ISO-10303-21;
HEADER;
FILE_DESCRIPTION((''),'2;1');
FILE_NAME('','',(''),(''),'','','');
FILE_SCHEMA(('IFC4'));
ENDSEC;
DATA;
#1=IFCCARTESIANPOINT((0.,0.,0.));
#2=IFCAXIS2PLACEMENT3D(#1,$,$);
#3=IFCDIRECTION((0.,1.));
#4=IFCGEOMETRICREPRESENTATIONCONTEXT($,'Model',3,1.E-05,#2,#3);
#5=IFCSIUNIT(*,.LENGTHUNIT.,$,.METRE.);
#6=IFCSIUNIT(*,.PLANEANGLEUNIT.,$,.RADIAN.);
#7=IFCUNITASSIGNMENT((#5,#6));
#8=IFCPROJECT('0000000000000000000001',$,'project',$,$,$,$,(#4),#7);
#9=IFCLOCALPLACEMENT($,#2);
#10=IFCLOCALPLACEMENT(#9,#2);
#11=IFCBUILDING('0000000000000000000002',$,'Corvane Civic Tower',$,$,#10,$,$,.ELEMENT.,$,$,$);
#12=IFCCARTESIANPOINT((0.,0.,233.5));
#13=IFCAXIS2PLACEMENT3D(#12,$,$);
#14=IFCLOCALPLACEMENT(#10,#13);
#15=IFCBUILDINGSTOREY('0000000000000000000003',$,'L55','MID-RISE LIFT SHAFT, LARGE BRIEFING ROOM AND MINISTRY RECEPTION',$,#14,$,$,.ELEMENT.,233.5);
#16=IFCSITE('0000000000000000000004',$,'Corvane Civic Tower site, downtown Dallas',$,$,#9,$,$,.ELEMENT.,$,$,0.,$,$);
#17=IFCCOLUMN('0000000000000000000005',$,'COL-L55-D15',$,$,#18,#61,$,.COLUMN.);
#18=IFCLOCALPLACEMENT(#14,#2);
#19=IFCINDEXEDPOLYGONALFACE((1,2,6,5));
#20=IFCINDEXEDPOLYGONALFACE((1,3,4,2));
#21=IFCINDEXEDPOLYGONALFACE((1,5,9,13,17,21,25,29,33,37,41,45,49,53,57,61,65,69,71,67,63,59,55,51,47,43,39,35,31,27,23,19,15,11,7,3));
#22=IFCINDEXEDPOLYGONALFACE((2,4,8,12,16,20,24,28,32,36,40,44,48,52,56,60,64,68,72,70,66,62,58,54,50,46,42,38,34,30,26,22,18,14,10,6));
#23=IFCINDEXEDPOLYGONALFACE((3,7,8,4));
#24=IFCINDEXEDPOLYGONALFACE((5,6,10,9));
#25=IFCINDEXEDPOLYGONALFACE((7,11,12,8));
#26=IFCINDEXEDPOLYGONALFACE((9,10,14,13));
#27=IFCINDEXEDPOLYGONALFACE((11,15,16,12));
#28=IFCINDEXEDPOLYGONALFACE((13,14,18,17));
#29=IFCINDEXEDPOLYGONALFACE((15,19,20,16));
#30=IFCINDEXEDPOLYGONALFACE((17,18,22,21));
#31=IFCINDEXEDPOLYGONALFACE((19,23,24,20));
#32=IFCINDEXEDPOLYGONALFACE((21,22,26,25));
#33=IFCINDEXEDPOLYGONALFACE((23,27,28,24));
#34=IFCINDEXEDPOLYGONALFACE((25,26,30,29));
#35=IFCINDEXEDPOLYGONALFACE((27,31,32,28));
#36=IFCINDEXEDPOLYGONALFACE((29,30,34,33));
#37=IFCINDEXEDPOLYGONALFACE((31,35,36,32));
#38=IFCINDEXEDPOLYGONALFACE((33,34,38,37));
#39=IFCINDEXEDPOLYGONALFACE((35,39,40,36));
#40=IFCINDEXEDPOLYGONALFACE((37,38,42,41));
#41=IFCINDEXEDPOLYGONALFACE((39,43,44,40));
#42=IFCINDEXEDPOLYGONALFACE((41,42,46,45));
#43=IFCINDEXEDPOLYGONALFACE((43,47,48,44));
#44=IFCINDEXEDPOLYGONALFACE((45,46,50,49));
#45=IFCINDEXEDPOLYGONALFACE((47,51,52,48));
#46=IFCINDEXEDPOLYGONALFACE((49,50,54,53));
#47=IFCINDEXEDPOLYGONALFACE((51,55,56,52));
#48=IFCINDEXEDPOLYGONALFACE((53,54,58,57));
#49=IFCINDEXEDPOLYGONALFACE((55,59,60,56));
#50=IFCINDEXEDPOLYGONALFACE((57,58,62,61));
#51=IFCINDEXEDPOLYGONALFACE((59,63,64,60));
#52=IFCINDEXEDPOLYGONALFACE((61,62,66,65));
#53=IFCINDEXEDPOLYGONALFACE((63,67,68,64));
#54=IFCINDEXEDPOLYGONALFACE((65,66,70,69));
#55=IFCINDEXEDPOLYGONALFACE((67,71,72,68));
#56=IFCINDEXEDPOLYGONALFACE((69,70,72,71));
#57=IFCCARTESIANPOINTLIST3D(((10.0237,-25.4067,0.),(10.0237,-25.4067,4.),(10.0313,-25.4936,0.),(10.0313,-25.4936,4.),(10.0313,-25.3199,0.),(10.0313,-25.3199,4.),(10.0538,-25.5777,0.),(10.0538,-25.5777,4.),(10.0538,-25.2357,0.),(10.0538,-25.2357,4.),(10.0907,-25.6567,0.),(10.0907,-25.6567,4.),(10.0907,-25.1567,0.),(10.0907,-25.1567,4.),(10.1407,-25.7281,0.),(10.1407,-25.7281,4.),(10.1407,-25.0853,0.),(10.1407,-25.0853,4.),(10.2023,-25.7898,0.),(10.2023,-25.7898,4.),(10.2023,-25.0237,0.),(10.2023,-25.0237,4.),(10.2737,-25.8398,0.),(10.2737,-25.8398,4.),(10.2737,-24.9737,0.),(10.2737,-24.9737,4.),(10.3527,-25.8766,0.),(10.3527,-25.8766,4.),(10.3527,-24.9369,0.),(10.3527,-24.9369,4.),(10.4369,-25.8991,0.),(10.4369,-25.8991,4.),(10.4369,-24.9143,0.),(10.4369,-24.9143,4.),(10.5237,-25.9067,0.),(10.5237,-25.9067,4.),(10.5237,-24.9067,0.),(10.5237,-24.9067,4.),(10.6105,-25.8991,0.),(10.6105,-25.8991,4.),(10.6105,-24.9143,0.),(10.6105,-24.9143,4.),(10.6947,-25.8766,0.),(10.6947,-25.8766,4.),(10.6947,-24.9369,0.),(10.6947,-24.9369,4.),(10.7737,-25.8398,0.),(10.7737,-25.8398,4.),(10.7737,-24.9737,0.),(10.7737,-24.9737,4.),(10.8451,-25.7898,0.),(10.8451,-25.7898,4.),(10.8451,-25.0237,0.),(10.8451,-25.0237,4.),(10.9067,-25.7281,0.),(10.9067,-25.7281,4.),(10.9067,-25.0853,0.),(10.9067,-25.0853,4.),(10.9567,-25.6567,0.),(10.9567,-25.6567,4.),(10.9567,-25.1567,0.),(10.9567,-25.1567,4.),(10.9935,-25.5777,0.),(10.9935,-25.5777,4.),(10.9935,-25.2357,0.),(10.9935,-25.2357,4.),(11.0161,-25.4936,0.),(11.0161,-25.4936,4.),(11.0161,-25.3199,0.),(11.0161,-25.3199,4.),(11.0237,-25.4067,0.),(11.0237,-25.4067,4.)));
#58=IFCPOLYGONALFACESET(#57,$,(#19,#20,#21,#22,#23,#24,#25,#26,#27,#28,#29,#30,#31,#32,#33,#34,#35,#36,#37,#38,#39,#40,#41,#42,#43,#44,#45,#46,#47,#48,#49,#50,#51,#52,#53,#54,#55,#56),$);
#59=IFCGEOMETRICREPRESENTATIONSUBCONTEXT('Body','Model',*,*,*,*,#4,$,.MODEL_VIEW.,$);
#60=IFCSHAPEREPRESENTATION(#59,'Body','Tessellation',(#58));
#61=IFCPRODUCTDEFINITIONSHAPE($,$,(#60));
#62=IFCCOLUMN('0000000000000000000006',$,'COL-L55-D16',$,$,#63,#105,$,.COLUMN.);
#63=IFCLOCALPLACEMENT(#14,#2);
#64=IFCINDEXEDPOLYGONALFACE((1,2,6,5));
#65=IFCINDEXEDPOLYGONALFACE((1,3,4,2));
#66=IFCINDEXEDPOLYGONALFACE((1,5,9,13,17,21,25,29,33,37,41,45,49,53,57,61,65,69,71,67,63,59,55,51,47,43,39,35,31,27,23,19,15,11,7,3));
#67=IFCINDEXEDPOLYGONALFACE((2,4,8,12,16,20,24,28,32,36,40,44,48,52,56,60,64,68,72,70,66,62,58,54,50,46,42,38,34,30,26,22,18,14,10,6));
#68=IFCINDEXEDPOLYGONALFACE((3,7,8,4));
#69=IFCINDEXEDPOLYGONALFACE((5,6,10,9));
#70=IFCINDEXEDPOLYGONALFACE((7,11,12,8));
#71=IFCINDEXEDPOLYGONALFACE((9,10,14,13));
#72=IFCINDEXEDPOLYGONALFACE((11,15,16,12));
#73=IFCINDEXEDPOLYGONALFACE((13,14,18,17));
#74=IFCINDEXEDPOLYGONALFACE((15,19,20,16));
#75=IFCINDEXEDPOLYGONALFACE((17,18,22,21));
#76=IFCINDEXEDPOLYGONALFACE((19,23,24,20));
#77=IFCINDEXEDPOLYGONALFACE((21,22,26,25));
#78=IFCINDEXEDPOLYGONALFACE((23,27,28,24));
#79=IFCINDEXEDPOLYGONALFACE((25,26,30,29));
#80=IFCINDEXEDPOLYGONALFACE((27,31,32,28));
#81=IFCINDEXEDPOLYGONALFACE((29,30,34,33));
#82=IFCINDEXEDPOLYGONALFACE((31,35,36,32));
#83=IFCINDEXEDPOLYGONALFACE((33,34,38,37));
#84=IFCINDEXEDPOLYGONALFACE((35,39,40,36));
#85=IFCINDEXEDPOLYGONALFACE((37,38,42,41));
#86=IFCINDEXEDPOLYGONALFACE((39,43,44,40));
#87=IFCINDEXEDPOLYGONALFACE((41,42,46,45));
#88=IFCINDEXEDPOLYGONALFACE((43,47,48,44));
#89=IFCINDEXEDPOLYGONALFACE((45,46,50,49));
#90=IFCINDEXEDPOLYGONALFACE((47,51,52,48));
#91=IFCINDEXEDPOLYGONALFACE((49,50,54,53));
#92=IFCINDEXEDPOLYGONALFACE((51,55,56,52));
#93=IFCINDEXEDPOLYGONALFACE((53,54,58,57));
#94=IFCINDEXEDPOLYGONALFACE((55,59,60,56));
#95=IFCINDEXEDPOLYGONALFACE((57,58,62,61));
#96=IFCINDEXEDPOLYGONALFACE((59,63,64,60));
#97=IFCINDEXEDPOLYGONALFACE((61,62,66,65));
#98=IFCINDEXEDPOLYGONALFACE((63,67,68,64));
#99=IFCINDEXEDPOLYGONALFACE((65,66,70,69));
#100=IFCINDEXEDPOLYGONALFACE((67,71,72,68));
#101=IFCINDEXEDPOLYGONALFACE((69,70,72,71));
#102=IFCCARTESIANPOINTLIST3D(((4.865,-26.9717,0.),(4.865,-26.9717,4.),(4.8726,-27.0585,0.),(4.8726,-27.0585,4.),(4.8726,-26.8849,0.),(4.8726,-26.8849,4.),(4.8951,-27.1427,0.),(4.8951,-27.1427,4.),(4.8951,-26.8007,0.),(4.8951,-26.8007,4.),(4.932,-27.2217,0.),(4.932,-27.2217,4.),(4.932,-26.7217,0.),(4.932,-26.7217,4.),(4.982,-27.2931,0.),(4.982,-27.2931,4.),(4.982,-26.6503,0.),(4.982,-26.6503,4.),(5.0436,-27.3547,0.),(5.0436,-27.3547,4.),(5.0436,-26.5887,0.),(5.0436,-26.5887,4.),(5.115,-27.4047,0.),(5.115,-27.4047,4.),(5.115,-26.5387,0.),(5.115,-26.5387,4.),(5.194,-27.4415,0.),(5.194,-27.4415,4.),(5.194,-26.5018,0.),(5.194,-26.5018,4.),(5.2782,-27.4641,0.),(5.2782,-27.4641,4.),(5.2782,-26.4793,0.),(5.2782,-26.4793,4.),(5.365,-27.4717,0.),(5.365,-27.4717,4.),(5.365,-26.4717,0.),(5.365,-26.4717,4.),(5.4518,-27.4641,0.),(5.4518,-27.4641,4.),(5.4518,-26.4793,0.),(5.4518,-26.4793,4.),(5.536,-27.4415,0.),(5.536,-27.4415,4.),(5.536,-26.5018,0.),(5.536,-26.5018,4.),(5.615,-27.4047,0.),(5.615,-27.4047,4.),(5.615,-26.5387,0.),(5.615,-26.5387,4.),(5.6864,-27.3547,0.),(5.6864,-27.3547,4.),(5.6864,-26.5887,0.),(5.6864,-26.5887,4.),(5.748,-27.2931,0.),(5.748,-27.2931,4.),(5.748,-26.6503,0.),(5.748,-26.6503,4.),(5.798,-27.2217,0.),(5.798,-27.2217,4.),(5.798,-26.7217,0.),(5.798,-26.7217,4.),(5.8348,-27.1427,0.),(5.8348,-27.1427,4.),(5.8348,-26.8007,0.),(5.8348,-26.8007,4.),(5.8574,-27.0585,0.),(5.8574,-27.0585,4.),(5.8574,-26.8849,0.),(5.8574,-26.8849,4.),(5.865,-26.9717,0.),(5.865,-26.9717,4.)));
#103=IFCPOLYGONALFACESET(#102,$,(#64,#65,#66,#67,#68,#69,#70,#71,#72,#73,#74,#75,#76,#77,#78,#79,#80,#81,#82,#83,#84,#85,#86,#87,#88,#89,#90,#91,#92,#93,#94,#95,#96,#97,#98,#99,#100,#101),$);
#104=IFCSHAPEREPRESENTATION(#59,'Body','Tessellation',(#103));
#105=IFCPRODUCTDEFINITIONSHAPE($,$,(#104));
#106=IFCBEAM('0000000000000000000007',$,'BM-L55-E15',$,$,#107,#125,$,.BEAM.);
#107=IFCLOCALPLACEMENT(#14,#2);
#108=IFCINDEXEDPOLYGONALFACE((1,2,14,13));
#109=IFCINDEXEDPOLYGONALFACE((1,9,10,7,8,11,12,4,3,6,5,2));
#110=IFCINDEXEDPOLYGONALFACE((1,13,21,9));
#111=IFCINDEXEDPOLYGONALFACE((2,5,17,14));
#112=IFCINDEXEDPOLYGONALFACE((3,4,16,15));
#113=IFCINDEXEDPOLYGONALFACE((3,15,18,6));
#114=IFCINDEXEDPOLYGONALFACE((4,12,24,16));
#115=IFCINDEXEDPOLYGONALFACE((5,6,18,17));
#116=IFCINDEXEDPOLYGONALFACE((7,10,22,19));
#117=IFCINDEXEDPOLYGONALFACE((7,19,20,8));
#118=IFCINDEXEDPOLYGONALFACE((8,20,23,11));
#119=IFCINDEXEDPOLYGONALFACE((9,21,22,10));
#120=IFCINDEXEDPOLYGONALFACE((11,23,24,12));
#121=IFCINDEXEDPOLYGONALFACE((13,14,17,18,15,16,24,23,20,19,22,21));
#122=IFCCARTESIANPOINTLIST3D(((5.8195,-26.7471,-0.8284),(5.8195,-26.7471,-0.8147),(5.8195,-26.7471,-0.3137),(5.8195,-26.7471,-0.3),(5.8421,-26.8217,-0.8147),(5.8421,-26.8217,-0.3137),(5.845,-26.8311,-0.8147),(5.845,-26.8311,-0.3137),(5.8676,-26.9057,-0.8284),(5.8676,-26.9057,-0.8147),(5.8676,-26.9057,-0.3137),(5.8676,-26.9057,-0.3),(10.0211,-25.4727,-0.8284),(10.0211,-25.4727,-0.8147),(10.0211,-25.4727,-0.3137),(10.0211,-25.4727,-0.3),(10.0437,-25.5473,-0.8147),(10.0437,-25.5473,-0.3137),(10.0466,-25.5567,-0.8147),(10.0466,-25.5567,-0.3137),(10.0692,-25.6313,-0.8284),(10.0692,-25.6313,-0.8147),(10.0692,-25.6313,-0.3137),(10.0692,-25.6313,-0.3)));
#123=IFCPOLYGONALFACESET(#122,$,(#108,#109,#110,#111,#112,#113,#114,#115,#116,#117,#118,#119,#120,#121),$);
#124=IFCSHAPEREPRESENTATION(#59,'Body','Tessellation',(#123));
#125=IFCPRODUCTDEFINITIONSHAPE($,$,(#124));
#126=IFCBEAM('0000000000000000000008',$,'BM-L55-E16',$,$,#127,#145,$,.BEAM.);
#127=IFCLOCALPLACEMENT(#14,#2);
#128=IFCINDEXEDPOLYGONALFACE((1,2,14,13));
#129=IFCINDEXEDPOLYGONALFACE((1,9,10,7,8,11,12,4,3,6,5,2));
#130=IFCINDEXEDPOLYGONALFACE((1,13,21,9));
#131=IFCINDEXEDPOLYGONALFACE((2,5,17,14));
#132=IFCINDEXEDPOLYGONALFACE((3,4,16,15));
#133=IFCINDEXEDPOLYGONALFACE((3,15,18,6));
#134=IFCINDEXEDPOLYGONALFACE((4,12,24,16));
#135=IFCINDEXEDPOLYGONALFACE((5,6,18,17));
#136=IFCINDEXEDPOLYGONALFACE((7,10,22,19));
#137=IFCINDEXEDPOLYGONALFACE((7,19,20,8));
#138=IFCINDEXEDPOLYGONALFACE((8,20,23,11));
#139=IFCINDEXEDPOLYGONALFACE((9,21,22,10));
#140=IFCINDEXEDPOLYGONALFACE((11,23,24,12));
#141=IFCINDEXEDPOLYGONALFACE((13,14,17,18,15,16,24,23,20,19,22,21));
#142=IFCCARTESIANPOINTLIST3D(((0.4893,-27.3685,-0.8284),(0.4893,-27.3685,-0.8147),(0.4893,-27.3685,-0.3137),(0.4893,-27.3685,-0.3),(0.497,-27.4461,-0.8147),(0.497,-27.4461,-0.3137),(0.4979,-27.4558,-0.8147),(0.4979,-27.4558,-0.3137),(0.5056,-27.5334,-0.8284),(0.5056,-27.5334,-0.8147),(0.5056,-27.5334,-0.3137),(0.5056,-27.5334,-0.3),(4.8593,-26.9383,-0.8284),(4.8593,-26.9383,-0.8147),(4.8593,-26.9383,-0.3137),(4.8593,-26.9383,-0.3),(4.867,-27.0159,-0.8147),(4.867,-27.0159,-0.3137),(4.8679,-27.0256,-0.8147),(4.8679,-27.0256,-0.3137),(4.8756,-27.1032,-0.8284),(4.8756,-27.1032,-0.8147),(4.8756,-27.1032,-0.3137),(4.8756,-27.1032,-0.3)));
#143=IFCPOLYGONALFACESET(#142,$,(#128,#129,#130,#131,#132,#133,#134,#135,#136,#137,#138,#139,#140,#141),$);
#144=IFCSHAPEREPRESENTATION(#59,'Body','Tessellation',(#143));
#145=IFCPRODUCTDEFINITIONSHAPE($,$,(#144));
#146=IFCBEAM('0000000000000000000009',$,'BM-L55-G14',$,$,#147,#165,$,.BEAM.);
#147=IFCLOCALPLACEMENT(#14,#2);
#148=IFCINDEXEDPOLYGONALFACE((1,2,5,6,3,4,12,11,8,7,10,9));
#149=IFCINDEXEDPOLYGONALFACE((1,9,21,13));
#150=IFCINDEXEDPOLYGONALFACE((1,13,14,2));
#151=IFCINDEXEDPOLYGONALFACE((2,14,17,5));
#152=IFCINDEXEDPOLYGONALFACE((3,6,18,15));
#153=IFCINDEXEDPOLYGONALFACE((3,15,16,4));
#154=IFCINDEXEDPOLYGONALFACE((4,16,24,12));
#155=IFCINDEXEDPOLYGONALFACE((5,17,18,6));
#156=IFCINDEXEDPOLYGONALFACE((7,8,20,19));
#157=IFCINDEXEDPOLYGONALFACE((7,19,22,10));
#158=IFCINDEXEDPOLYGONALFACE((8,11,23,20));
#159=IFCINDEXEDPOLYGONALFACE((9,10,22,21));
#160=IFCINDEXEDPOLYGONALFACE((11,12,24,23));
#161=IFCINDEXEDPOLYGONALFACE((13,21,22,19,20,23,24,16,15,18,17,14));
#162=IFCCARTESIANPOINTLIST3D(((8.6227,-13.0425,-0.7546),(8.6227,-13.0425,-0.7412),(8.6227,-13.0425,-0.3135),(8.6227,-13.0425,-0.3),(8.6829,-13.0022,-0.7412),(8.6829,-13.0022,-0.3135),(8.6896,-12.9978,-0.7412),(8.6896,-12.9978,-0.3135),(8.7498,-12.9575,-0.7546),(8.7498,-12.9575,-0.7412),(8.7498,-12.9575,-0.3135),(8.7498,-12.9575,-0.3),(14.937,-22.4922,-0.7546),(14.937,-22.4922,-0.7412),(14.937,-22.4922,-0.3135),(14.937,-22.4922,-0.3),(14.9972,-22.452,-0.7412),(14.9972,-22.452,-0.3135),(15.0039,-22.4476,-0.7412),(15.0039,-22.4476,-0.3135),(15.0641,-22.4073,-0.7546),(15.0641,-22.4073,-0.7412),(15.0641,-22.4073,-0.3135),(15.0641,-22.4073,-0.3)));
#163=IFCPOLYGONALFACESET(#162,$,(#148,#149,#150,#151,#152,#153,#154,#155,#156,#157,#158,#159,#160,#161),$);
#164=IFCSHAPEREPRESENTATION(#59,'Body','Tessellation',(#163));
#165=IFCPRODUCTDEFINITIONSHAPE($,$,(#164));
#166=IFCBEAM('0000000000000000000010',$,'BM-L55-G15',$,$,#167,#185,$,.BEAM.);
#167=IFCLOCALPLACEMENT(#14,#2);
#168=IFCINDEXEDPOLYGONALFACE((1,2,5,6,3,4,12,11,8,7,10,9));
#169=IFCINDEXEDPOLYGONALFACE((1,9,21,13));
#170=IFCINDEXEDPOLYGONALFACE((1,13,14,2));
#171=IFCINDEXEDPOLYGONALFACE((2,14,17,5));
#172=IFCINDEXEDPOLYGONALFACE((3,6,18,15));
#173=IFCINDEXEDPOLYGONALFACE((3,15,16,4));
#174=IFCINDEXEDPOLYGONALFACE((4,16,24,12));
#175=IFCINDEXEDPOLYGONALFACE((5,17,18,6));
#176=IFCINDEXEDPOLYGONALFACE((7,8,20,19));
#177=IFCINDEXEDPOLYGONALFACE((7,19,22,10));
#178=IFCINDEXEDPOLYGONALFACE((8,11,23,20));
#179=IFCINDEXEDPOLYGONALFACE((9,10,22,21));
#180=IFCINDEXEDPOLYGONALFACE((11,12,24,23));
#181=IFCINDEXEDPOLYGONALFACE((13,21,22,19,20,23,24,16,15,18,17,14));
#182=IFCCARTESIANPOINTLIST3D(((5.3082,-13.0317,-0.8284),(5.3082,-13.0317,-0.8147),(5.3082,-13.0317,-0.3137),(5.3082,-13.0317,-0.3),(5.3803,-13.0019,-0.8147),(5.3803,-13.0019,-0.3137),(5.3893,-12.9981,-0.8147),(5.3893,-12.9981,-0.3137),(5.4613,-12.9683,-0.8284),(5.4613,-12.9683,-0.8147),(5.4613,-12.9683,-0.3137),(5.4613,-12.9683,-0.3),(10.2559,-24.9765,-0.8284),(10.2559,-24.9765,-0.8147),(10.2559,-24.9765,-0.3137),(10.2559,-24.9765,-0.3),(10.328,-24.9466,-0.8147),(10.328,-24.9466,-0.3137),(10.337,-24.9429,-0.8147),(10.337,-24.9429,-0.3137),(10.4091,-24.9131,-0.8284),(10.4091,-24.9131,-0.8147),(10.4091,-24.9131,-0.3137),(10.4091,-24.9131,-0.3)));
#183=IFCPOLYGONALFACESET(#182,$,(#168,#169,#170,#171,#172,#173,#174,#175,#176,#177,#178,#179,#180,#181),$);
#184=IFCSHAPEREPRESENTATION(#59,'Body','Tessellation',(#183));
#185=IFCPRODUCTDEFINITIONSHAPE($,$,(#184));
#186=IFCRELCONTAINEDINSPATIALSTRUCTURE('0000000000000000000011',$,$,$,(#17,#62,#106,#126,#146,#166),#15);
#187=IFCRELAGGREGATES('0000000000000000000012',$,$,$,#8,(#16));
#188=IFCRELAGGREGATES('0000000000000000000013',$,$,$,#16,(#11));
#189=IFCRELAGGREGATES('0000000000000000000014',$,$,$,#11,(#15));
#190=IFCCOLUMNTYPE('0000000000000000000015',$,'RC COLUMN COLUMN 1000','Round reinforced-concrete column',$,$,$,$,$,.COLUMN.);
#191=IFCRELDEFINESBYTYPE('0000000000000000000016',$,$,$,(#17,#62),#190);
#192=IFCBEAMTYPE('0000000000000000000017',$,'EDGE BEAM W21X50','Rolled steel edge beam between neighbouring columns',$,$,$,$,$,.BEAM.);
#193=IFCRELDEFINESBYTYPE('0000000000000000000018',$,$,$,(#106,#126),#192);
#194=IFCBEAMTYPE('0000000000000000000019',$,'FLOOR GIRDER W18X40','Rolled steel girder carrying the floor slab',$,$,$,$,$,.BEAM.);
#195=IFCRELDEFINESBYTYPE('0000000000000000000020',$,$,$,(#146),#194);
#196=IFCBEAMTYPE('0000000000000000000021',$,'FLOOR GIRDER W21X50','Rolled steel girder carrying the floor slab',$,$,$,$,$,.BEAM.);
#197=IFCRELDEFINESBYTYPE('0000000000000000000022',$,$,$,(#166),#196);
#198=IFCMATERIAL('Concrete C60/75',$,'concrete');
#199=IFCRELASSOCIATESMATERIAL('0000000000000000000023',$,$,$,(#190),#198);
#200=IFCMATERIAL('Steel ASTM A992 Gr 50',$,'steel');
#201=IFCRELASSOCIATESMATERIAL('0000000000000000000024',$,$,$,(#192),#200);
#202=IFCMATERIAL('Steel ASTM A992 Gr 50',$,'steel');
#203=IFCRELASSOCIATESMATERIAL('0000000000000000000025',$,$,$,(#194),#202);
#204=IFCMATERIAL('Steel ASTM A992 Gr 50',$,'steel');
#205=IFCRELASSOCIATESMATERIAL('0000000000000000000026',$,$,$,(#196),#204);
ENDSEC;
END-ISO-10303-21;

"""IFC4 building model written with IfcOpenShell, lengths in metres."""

from ifc_helpers import new_model, si_unit, direction, frame, origin, origin_2d, place, context, subcontext, project, spatial, circle, i_section, extrude, material, material_profile, profile_set, type_object, element, save


model = new_model("IFC4")

# Units and contexts
model_context = context("Model", 3, precision=1e-05, world=origin(), true_north=direction((0.0, 1.0)))
body_context = subcontext(model_context, "Body", "Model", "MODEL_VIEW")
ifc_project = project(units=[si_unit("LENGTHUNIT", "METRE"), si_unit("PLANEANGLEUNIT", "RADIAN")], contexts=[model_context])

# Site, building, storey
site_placement = place(None, origin())
site = spatial("IfcSite", under=ifc_project, at=site_placement, Name="Corvane Civic Tower site, downtown Dallas", CompositionType="ELEMENT", RefElevation=0.0)
building_placement = place(site_placement, origin())
building = spatial("IfcBuilding", under=site, at=building_placement, Name="Corvane Civic Tower", CompositionType="ELEMENT")
storey_placement = place(building_placement, frame((0.0, 0.0, 233.5)))
storey = spatial("IfcBuildingStorey", under=building, at=storey_placement, Name="L55", Description="MID-RISE LIFT SHAFT, LARGE BRIEFING ROOM AND MINISTRY RECEPTION", CompositionType="ELEMENT", Elevation=233.5)

# Columns
ifc_material_1 = material(Name="Concrete C60/75", Category="concrete")
ifc_material_profile_1 = material_profile(ifc_material_1, circle(Radius=0.5, at=origin_2d()), Name="COLUMN 1000")
ifc_profile_set_1 = profile_set([ifc_material_profile_1], Name="Concrete C60/75")
column_type = type_object("IfcColumnType", Name="RC COLUMN COLUMN 1000", Description="Round reinforced-concrete column", PredefinedType="COLUMN", material=ifc_profile_set_1)
for number, where, z_axis, x_axis, name in (
    (1, (10.5237, -25.4067, 0.0), (0.0, 0.0, 1.0), (1.0, 0.0, 0.0), "COL-L55-D15"),
    (2, (5.365, -26.9717, 0.0), (0.0, 0.0, 1.0), (1.0, 0.0, 0.0), "COL-L55-D16"),
):
    element("IfcColumn", number, at=place(storey_placement, frame(where, z_axis=z_axis, x_axis=x_axis)), inside=storey, type_object=column_type, Name=name, PredefinedType="COLUMN", context=body_context, shape_type="SweptSolid", body=[
        extrude(circle(Radius=0.5, at=origin_2d()), origin(), (0.0, 0.0, 1.0), 4.0),
    ])

# Beams
ifc_material_2 = material(Name="Steel ASTM A992 Gr 50", Category="steel")
ifc_material_profile_2 = material_profile(ifc_material_2, i_section(OverallWidth=0.1658, OverallDepth=0.5283, WebThickness=0.0098, FlangeThickness=0.0137, at=origin_2d()), Name="W21X50")
ifc_profile_set_2 = profile_set([ifc_material_profile_2], Name="Steel ASTM A992 Gr 50")
beam_type_1 = type_object("IfcBeamType", Name="EDGE BEAM W21X50", Description="Rolled steel edge beam between neighbouring columns", PredefinedType="BEAM", material=ifc_profile_set_2)
beam_1_placement = place(storey_placement, frame((10.0452, -25.552, -0.5642), z_axis=(-0.95695, -0.290254, 0.0), x_axis=(0.290254, -0.95695, 0.0)))
element("IfcBeam", 3, at=beam_1_placement, inside=storey, type_object=beam_type_1, Name="BM-L55-E15", PredefinedType="BEAM", context=body_context, shape_type="SweptSolid", body=[
    extrude(i_section(OverallWidth=0.1658, OverallDepth=0.5283, WebThickness=0.0098, FlangeThickness=0.0137, at=origin_2d()), origin(), (0.0, 0.0, 1.0), 4.3906),
])
beam_2_placement = place(storey_placement, frame((4.8674, -27.0208, -0.5642), z_axis=(-0.99519, -0.097968, 0.0), x_axis=(0.097968, -0.99519, 0.0)))
element("IfcBeam", 4, at=beam_2_placement, inside=storey, type_object=beam_type_1, Name="BM-L55-E16", PredefinedType="BEAM", context=body_context, shape_type="SweptSolid", body=[
    extrude(i_section(OverallWidth=0.1658, OverallDepth=0.5283, WebThickness=0.0098, FlangeThickness=0.0137, at=origin_2d()), origin(), (0.0, 0.0, 1.0), 4.3911),
])
ifc_material_3 = material(Name="Steel ASTM A992 Gr 50", Category="steel")
ifc_material_profile_3 = material_profile(ifc_material_3, i_section(OverallWidth=0.1528, OverallDepth=0.4546, WebThickness=0.0081, FlangeThickness=0.0134, at=origin_2d()), Name="W18X40")
ifc_profile_set_3 = profile_set([ifc_material_profile_3], Name="Steel ASTM A992 Gr 50")
beam_type_2 = type_object("IfcBeamType", Name="FLOOR GIRDER W18X40", Description="Rolled steel girder carrying the floor slab", PredefinedType="BEAM", material=ifc_profile_set_3)
beam_3_placement = place(storey_placement, frame((8.6863, -13.0, -0.5273), z_axis=(0.555577, -0.831465, 0.0), x_axis=(0.831465, 0.555577, 0.0)))
element("IfcBeam", 5, at=beam_3_placement, inside=storey, type_object=beam_type_2, Name="BM-L55-G14", PredefinedType="BEAM", context=body_context, shape_type="SweptSolid", body=[
    extrude(i_section(OverallWidth=0.1528, OverallDepth=0.4546, WebThickness=0.0081, FlangeThickness=0.0134, at=origin_2d()), origin(), (0.0, 0.0, 1.0), 11.3652),
])
ifc_material_4 = material(Name="Steel ASTM A992 Gr 50", Category="steel")
ifc_material_profile_4 = material_profile(ifc_material_4, i_section(OverallWidth=0.1658, OverallDepth=0.5283, WebThickness=0.0098, FlangeThickness=0.0137, at=origin_2d()), Name="W21X50")
ifc_profile_set_4 = profile_set([ifc_material_profile_4], Name="Steel ASTM A992 Gr 50")
beam_type_3 = type_object("IfcBeamType", Name="FLOOR GIRDER W21X50", Description="Rolled steel girder carrying the floor slab", PredefinedType="BEAM", material=ifc_profile_set_4)
beam_4_placement = place(storey_placement, frame((5.3848, -13.0, -0.5642), z_axis=(0.382686, -0.923878, 0.0), x_axis=(0.923878, 0.382686, 0.0)))
element("IfcBeam", 6, at=beam_4_placement, inside=storey, type_object=beam_type_3, Name="BM-L55-G15", PredefinedType="BEAM", context=body_context, shape_type="SweptSolid", body=[
    extrude(i_section(OverallWidth=0.1658, OverallDepth=0.5283, WebThickness=0.0098, FlangeThickness=0.0137, at=origin_2d()), origin(), (0.0, 0.0, 1.0), 12.929),
])

save(model, "model.ifc")
